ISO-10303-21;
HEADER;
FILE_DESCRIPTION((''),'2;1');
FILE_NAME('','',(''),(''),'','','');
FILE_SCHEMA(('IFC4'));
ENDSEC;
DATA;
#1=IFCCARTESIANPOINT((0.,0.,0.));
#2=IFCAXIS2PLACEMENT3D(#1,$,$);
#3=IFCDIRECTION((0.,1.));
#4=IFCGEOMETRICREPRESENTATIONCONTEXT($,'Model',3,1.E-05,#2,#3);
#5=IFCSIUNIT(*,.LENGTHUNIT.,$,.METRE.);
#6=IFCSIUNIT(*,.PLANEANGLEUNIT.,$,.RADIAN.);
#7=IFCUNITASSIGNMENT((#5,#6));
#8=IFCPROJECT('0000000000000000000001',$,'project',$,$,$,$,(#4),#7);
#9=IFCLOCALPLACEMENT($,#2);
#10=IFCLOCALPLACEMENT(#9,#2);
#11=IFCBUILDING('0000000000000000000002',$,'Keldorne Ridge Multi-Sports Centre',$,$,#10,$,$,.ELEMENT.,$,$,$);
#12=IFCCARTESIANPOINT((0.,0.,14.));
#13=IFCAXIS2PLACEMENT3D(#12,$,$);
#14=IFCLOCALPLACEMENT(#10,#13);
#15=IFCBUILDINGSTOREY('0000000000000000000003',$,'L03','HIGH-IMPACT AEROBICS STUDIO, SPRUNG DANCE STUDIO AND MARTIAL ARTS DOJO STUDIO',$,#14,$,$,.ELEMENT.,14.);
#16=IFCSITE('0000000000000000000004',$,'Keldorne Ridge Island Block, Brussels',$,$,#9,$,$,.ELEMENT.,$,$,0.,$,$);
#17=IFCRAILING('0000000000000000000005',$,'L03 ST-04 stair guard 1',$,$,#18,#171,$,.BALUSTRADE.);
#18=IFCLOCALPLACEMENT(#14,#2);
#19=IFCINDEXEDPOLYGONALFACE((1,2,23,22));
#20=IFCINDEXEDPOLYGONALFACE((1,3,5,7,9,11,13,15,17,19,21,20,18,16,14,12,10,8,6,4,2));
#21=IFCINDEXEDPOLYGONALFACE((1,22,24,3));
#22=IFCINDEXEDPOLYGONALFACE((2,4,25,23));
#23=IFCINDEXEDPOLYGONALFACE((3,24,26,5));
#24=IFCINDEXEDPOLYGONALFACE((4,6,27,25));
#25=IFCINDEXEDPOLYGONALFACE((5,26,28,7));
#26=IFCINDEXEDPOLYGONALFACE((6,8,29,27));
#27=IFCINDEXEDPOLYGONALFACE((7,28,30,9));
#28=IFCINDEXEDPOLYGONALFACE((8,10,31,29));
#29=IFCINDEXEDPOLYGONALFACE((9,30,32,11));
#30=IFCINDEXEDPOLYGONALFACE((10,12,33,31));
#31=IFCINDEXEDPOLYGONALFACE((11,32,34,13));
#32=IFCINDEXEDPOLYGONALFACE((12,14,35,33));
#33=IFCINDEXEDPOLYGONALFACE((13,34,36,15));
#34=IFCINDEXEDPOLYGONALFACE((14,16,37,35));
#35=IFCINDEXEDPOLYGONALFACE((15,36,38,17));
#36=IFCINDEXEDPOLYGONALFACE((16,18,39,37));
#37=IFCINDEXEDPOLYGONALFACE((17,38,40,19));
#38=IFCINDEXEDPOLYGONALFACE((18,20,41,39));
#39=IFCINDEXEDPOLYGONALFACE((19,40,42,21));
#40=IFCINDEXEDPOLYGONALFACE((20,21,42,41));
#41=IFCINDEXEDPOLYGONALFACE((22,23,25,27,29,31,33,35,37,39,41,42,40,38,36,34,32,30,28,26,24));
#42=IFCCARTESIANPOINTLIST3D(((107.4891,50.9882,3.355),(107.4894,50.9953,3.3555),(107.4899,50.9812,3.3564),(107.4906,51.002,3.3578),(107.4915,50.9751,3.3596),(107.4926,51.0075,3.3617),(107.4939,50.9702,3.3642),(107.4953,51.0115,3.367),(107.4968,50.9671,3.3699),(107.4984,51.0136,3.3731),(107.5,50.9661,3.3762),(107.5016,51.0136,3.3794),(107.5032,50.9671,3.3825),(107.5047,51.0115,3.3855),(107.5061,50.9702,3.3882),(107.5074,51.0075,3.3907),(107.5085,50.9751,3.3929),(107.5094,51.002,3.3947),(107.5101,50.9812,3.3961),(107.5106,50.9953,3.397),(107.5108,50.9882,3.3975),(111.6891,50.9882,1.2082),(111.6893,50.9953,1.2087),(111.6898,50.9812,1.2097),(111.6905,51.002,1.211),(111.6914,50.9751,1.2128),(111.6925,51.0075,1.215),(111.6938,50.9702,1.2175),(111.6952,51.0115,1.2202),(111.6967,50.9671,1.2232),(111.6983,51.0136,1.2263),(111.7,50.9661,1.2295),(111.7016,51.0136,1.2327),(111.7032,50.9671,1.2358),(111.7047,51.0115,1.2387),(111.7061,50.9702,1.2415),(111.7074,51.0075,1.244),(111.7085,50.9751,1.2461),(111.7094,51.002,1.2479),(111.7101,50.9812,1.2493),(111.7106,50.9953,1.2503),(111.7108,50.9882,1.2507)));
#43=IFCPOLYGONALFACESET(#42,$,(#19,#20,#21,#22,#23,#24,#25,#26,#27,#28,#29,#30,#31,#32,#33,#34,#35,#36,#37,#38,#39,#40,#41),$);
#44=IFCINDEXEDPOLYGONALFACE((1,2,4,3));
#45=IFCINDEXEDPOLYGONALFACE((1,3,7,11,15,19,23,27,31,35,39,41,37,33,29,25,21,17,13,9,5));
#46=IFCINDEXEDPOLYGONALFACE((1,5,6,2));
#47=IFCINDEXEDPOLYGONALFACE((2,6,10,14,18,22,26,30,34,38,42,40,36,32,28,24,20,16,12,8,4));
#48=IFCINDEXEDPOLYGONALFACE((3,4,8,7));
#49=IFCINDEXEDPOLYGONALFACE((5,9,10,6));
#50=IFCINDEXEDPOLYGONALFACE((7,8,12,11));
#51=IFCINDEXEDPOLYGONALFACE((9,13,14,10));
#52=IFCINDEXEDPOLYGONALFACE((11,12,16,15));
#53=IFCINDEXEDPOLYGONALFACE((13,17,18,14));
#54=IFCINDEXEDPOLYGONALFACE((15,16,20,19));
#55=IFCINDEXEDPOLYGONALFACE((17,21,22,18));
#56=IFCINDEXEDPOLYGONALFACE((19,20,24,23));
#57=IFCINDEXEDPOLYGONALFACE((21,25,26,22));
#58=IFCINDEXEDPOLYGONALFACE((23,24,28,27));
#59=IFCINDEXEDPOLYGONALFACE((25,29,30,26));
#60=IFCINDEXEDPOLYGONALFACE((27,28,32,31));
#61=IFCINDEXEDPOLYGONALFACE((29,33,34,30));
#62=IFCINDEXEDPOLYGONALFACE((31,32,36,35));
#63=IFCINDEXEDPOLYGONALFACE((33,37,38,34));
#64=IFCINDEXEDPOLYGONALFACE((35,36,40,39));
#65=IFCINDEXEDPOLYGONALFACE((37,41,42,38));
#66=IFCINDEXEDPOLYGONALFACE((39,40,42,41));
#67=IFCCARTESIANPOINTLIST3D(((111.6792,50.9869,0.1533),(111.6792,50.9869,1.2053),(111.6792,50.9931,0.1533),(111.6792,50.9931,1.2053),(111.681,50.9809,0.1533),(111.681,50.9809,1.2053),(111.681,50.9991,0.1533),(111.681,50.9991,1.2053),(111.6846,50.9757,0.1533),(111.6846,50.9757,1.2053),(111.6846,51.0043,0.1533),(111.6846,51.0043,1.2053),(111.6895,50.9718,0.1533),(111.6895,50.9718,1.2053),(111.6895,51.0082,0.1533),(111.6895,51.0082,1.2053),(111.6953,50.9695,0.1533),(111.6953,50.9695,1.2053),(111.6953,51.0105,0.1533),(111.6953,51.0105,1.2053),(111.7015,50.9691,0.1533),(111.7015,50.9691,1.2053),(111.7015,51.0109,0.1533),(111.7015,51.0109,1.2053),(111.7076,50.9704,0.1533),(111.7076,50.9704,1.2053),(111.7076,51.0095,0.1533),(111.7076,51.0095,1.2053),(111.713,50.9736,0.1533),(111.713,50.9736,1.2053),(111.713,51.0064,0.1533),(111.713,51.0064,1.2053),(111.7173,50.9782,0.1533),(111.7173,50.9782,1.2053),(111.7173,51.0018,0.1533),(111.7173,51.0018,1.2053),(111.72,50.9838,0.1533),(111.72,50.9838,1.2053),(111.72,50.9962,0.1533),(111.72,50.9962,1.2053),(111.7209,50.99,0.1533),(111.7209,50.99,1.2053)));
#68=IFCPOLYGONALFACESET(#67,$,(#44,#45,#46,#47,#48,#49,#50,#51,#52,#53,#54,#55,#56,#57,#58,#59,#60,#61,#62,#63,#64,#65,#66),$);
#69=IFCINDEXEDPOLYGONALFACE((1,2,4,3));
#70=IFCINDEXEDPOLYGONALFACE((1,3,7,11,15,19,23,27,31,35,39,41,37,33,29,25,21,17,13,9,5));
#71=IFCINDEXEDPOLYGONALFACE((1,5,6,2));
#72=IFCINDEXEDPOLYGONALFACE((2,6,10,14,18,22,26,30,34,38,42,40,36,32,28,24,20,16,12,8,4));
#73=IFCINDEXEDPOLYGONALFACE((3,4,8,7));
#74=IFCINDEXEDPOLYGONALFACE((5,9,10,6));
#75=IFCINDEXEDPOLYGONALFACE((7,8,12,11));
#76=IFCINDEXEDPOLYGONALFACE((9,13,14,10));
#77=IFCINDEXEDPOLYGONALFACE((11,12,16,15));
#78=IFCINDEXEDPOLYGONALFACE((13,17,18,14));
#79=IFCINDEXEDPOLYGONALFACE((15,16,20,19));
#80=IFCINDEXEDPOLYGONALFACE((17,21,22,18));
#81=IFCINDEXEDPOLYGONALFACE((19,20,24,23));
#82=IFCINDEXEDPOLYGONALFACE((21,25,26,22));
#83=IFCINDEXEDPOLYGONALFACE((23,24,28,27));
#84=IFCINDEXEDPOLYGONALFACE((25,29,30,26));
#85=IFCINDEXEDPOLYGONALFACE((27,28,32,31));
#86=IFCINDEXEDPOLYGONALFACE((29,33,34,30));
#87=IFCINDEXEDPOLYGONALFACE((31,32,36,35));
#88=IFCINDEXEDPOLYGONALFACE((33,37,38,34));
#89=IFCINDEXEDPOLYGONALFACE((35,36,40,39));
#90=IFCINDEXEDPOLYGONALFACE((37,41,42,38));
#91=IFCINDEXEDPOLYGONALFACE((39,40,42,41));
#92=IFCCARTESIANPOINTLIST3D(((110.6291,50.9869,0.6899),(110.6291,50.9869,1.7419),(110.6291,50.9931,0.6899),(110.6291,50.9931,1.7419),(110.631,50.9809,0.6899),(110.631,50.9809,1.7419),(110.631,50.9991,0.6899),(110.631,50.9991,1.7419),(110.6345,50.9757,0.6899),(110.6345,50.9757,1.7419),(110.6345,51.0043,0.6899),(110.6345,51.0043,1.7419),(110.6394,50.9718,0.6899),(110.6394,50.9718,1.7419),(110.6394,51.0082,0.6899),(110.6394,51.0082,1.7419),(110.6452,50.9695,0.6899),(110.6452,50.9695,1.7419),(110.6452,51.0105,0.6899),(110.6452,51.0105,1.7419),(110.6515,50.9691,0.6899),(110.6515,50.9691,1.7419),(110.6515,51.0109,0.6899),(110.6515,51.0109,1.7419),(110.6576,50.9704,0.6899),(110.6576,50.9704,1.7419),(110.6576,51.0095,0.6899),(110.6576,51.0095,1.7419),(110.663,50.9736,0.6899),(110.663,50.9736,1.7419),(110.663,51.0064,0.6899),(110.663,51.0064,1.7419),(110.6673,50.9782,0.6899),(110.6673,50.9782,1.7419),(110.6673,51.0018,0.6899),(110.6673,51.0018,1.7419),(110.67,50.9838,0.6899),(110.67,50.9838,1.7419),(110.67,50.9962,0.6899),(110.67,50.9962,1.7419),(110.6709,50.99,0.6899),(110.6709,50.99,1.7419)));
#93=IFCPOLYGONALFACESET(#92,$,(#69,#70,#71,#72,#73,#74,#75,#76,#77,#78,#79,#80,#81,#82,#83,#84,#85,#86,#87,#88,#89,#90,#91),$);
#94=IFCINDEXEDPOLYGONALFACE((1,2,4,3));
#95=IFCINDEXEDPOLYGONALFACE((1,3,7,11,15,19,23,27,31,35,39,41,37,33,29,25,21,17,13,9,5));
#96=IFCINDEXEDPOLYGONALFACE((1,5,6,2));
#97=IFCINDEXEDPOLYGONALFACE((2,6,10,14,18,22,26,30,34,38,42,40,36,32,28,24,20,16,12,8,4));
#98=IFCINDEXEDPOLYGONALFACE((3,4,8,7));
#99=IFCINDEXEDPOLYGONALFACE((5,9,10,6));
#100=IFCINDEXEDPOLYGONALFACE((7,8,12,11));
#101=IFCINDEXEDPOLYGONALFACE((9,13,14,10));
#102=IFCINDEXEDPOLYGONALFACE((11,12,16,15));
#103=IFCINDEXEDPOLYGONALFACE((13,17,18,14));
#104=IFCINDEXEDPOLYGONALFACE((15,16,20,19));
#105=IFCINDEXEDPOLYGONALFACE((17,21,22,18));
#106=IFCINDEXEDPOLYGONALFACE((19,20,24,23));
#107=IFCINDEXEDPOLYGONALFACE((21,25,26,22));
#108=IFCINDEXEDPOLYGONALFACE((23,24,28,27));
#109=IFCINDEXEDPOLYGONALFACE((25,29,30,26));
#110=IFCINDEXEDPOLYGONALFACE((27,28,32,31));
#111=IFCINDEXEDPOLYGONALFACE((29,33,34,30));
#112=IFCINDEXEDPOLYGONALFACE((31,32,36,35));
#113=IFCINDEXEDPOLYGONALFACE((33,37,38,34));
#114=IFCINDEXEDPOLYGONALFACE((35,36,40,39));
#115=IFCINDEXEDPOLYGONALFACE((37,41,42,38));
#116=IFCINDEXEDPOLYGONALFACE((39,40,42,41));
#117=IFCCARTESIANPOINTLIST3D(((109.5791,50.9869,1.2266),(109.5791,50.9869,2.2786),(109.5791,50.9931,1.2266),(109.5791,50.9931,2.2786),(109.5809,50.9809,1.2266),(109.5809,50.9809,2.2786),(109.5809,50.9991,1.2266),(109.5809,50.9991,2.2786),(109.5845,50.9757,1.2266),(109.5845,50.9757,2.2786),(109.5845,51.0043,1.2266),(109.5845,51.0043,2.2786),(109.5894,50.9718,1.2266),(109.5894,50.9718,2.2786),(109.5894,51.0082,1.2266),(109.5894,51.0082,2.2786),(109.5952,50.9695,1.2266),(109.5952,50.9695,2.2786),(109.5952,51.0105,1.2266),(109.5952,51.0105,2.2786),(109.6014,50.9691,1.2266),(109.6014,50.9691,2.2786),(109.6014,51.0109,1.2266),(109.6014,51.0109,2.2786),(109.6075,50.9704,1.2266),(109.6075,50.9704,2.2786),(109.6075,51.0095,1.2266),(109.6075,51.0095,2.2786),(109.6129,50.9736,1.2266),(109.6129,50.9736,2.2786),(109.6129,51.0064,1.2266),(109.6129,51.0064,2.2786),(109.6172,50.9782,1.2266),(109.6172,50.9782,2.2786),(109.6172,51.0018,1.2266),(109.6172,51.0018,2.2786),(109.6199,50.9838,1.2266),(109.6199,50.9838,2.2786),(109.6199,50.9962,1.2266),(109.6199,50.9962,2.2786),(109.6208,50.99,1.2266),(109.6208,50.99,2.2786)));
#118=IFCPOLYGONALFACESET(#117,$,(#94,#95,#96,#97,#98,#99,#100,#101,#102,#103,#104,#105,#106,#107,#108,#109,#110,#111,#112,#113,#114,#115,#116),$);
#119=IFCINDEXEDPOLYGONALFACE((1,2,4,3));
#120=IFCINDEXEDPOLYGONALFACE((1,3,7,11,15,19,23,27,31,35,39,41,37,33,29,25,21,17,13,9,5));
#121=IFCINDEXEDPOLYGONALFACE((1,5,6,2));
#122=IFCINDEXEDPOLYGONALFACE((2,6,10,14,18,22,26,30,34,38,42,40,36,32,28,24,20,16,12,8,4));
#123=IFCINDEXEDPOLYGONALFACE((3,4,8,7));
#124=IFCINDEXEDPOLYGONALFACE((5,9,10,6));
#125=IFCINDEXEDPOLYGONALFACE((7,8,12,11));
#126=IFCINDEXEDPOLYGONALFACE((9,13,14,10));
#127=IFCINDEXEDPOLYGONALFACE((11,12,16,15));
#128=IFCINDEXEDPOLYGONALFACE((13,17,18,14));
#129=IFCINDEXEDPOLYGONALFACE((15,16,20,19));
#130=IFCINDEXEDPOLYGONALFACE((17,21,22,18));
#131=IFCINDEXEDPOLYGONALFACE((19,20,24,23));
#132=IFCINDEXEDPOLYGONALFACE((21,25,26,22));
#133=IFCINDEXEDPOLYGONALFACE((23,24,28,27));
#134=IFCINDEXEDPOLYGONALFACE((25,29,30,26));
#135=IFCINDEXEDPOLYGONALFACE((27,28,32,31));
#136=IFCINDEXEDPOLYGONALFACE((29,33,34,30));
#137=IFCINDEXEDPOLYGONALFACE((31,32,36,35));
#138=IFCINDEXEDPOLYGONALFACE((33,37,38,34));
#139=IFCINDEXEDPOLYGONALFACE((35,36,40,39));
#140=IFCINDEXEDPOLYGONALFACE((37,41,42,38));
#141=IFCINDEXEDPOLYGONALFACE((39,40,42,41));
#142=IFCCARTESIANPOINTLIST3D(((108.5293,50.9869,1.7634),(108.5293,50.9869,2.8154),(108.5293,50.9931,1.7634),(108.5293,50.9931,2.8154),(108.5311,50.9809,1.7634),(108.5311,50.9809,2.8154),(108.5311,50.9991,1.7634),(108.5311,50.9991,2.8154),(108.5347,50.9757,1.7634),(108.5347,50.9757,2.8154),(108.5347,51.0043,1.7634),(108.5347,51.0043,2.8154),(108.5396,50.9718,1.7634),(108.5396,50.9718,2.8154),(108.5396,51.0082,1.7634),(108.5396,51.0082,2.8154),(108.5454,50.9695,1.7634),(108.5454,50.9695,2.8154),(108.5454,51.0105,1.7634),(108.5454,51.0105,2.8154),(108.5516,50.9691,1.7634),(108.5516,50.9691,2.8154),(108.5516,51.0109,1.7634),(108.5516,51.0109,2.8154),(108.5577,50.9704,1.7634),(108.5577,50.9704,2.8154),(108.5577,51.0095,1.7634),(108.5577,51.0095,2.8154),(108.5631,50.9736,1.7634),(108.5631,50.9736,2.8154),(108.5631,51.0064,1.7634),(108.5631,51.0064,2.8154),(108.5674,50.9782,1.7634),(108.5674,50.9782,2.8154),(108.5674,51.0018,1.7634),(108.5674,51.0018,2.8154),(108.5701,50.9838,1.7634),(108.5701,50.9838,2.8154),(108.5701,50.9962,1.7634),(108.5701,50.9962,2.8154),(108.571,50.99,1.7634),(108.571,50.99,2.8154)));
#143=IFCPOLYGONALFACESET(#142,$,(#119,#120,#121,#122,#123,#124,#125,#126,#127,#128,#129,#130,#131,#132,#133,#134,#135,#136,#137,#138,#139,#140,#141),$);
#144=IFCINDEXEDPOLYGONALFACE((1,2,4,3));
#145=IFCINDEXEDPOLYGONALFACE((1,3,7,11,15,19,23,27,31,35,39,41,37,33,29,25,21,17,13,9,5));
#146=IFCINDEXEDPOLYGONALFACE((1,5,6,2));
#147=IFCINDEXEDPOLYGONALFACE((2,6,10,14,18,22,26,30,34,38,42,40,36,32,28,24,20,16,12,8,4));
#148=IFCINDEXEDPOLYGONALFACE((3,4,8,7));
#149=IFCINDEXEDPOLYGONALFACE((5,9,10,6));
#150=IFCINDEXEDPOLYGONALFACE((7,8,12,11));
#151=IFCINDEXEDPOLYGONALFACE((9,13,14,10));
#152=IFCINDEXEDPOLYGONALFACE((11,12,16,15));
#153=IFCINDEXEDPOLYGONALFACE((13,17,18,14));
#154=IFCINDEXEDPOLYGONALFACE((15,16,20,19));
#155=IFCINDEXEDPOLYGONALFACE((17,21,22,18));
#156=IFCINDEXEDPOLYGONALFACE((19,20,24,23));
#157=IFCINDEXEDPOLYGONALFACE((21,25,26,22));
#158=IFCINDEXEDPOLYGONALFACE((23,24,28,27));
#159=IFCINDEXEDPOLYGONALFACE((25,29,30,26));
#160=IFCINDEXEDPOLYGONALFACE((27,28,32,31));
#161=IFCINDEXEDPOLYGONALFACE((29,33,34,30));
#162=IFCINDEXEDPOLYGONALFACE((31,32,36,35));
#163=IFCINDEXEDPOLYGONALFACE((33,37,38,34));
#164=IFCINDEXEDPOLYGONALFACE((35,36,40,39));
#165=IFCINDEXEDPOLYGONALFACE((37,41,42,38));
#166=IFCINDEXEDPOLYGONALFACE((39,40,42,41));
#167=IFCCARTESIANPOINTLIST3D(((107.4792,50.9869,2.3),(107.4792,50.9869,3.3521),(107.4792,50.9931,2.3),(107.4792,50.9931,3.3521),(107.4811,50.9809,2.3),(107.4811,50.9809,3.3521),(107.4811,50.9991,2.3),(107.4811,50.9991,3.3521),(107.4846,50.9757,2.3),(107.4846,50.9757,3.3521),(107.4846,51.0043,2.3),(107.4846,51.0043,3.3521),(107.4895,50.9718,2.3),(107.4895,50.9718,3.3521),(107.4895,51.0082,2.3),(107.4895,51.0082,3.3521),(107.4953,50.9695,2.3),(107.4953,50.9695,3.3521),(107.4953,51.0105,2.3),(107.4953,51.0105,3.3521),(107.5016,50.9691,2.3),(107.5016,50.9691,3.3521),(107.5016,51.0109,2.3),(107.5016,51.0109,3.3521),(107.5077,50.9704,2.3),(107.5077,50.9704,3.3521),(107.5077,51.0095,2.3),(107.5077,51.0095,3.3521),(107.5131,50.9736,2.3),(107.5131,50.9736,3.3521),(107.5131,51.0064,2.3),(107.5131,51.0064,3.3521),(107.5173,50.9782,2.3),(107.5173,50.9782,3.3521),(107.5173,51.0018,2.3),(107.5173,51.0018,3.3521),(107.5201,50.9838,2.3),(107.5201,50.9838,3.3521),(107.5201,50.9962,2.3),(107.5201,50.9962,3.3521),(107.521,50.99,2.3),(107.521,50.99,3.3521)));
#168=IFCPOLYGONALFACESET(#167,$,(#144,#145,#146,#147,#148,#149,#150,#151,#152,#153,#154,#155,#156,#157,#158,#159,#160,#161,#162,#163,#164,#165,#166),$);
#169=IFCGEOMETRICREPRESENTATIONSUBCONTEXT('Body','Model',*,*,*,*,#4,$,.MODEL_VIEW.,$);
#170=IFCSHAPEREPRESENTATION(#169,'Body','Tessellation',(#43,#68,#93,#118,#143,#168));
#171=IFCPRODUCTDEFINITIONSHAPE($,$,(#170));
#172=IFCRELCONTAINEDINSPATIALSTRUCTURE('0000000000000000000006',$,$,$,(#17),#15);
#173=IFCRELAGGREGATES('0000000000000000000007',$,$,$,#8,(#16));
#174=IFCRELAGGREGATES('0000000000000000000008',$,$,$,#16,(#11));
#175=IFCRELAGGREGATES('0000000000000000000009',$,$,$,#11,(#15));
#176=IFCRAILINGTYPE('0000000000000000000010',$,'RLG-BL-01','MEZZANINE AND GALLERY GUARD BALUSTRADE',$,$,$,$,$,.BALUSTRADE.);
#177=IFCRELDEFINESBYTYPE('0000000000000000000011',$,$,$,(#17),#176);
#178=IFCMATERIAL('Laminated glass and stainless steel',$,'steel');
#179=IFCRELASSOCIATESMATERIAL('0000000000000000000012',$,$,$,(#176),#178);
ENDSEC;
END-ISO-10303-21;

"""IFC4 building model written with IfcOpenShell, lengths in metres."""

from ifc_helpers import new_model, si_unit, direction, frame, origin, origin_2d, place, context, subcontext, project, spatial, circle, extrude, material, type_object, element, save


model = new_model("IFC4")

# Units and contexts
model_context = context("Model", 3, precision=1e-05, world=origin(), true_north=direction((0.0, 1.0)))
body_context = subcontext(model_context, "Body", "Model", "MODEL_VIEW")
ifc_project = project(units=[si_unit("LENGTHUNIT", "METRE"), si_unit("PLANEANGLEUNIT", "RADIAN")], contexts=[model_context])

# Site, building, storey
site_placement = place(None, origin())
site = spatial("IfcSite", under=ifc_project, at=site_placement, Name="Keldorne Ridge Island Block, Brussels", CompositionType="ELEMENT", RefElevation=0.0)
building_placement = place(site_placement, origin())
building = spatial("IfcBuilding", under=site, at=building_placement, Name="Keldorne Ridge Multi-Sports Centre", CompositionType="ELEMENT")
storey_placement = place(building_placement, frame((0.0, 0.0, 14.0)))
storey = spatial("IfcBuildingStorey", under=building, at=storey_placement, Name="L03", Description="HIGH-IMPACT AEROBICS STUDIO, SPRUNG DANCE STUDIO AND MARTIAL ARTS DOJO STUDIO", CompositionType="ELEMENT", Elevation=14.0)

# Railing
ifc_material_1 = material(Name="Laminated glass and stainless steel", Category="steel")
railing_type_1 = type_object("IfcRailingType", Name="RLG-BL-01", Description="MEZZANINE AND GALLERY GUARD BALUSTRADE", PredefinedType="BALUSTRADE", material=ifc_material_1)
railing_1_placement = place(storey_placement, frame((111.7, 50.99, 0.1533)))
element("IfcRailing", 1, at=railing_1_placement, inside=storey, type_object=railing_type_1, Name="L03 ST-04 stair guard 1", PredefinedType="BALUSTRADE", context=body_context, shape_type="SweptSolid", body=[
    extrude(circle(Radius=0.0239, at=origin_2d()), frame((0.0, 0.0, 1.0762), z_axis=(-0.890427, 0.0, 0.455126), x_axis=(0.0, -1.0, 0.0)), (0.0, 0.0, 1.0), 4.7168),
    extrude(circle(Radius=0.021, at=origin_2d()), origin(), (0.0, 0.0, 1.0), 1.052),
    extrude(circle(Radius=0.021, at=origin_2d()), frame((-1.05, 0.0, 0.5366)), (0.0, 0.0, 1.0), 1.052),
    extrude(circle(Radius=0.021, at=origin_2d()), frame((-2.1001, 0.0, 1.0732)), (0.0, 0.0, 1.0), 1.052),
    extrude(circle(Radius=0.021, at=origin_2d()), frame((-3.1499, 0.0, 1.6101)), (0.0, 0.0, 1.0), 1.052),
    extrude(circle(Radius=0.021, at=origin_2d()), frame((-4.2, 0.0, 2.1467)), (0.0, 0.0, 1.0), 1.052),
])

save(model, "model.ifc")
